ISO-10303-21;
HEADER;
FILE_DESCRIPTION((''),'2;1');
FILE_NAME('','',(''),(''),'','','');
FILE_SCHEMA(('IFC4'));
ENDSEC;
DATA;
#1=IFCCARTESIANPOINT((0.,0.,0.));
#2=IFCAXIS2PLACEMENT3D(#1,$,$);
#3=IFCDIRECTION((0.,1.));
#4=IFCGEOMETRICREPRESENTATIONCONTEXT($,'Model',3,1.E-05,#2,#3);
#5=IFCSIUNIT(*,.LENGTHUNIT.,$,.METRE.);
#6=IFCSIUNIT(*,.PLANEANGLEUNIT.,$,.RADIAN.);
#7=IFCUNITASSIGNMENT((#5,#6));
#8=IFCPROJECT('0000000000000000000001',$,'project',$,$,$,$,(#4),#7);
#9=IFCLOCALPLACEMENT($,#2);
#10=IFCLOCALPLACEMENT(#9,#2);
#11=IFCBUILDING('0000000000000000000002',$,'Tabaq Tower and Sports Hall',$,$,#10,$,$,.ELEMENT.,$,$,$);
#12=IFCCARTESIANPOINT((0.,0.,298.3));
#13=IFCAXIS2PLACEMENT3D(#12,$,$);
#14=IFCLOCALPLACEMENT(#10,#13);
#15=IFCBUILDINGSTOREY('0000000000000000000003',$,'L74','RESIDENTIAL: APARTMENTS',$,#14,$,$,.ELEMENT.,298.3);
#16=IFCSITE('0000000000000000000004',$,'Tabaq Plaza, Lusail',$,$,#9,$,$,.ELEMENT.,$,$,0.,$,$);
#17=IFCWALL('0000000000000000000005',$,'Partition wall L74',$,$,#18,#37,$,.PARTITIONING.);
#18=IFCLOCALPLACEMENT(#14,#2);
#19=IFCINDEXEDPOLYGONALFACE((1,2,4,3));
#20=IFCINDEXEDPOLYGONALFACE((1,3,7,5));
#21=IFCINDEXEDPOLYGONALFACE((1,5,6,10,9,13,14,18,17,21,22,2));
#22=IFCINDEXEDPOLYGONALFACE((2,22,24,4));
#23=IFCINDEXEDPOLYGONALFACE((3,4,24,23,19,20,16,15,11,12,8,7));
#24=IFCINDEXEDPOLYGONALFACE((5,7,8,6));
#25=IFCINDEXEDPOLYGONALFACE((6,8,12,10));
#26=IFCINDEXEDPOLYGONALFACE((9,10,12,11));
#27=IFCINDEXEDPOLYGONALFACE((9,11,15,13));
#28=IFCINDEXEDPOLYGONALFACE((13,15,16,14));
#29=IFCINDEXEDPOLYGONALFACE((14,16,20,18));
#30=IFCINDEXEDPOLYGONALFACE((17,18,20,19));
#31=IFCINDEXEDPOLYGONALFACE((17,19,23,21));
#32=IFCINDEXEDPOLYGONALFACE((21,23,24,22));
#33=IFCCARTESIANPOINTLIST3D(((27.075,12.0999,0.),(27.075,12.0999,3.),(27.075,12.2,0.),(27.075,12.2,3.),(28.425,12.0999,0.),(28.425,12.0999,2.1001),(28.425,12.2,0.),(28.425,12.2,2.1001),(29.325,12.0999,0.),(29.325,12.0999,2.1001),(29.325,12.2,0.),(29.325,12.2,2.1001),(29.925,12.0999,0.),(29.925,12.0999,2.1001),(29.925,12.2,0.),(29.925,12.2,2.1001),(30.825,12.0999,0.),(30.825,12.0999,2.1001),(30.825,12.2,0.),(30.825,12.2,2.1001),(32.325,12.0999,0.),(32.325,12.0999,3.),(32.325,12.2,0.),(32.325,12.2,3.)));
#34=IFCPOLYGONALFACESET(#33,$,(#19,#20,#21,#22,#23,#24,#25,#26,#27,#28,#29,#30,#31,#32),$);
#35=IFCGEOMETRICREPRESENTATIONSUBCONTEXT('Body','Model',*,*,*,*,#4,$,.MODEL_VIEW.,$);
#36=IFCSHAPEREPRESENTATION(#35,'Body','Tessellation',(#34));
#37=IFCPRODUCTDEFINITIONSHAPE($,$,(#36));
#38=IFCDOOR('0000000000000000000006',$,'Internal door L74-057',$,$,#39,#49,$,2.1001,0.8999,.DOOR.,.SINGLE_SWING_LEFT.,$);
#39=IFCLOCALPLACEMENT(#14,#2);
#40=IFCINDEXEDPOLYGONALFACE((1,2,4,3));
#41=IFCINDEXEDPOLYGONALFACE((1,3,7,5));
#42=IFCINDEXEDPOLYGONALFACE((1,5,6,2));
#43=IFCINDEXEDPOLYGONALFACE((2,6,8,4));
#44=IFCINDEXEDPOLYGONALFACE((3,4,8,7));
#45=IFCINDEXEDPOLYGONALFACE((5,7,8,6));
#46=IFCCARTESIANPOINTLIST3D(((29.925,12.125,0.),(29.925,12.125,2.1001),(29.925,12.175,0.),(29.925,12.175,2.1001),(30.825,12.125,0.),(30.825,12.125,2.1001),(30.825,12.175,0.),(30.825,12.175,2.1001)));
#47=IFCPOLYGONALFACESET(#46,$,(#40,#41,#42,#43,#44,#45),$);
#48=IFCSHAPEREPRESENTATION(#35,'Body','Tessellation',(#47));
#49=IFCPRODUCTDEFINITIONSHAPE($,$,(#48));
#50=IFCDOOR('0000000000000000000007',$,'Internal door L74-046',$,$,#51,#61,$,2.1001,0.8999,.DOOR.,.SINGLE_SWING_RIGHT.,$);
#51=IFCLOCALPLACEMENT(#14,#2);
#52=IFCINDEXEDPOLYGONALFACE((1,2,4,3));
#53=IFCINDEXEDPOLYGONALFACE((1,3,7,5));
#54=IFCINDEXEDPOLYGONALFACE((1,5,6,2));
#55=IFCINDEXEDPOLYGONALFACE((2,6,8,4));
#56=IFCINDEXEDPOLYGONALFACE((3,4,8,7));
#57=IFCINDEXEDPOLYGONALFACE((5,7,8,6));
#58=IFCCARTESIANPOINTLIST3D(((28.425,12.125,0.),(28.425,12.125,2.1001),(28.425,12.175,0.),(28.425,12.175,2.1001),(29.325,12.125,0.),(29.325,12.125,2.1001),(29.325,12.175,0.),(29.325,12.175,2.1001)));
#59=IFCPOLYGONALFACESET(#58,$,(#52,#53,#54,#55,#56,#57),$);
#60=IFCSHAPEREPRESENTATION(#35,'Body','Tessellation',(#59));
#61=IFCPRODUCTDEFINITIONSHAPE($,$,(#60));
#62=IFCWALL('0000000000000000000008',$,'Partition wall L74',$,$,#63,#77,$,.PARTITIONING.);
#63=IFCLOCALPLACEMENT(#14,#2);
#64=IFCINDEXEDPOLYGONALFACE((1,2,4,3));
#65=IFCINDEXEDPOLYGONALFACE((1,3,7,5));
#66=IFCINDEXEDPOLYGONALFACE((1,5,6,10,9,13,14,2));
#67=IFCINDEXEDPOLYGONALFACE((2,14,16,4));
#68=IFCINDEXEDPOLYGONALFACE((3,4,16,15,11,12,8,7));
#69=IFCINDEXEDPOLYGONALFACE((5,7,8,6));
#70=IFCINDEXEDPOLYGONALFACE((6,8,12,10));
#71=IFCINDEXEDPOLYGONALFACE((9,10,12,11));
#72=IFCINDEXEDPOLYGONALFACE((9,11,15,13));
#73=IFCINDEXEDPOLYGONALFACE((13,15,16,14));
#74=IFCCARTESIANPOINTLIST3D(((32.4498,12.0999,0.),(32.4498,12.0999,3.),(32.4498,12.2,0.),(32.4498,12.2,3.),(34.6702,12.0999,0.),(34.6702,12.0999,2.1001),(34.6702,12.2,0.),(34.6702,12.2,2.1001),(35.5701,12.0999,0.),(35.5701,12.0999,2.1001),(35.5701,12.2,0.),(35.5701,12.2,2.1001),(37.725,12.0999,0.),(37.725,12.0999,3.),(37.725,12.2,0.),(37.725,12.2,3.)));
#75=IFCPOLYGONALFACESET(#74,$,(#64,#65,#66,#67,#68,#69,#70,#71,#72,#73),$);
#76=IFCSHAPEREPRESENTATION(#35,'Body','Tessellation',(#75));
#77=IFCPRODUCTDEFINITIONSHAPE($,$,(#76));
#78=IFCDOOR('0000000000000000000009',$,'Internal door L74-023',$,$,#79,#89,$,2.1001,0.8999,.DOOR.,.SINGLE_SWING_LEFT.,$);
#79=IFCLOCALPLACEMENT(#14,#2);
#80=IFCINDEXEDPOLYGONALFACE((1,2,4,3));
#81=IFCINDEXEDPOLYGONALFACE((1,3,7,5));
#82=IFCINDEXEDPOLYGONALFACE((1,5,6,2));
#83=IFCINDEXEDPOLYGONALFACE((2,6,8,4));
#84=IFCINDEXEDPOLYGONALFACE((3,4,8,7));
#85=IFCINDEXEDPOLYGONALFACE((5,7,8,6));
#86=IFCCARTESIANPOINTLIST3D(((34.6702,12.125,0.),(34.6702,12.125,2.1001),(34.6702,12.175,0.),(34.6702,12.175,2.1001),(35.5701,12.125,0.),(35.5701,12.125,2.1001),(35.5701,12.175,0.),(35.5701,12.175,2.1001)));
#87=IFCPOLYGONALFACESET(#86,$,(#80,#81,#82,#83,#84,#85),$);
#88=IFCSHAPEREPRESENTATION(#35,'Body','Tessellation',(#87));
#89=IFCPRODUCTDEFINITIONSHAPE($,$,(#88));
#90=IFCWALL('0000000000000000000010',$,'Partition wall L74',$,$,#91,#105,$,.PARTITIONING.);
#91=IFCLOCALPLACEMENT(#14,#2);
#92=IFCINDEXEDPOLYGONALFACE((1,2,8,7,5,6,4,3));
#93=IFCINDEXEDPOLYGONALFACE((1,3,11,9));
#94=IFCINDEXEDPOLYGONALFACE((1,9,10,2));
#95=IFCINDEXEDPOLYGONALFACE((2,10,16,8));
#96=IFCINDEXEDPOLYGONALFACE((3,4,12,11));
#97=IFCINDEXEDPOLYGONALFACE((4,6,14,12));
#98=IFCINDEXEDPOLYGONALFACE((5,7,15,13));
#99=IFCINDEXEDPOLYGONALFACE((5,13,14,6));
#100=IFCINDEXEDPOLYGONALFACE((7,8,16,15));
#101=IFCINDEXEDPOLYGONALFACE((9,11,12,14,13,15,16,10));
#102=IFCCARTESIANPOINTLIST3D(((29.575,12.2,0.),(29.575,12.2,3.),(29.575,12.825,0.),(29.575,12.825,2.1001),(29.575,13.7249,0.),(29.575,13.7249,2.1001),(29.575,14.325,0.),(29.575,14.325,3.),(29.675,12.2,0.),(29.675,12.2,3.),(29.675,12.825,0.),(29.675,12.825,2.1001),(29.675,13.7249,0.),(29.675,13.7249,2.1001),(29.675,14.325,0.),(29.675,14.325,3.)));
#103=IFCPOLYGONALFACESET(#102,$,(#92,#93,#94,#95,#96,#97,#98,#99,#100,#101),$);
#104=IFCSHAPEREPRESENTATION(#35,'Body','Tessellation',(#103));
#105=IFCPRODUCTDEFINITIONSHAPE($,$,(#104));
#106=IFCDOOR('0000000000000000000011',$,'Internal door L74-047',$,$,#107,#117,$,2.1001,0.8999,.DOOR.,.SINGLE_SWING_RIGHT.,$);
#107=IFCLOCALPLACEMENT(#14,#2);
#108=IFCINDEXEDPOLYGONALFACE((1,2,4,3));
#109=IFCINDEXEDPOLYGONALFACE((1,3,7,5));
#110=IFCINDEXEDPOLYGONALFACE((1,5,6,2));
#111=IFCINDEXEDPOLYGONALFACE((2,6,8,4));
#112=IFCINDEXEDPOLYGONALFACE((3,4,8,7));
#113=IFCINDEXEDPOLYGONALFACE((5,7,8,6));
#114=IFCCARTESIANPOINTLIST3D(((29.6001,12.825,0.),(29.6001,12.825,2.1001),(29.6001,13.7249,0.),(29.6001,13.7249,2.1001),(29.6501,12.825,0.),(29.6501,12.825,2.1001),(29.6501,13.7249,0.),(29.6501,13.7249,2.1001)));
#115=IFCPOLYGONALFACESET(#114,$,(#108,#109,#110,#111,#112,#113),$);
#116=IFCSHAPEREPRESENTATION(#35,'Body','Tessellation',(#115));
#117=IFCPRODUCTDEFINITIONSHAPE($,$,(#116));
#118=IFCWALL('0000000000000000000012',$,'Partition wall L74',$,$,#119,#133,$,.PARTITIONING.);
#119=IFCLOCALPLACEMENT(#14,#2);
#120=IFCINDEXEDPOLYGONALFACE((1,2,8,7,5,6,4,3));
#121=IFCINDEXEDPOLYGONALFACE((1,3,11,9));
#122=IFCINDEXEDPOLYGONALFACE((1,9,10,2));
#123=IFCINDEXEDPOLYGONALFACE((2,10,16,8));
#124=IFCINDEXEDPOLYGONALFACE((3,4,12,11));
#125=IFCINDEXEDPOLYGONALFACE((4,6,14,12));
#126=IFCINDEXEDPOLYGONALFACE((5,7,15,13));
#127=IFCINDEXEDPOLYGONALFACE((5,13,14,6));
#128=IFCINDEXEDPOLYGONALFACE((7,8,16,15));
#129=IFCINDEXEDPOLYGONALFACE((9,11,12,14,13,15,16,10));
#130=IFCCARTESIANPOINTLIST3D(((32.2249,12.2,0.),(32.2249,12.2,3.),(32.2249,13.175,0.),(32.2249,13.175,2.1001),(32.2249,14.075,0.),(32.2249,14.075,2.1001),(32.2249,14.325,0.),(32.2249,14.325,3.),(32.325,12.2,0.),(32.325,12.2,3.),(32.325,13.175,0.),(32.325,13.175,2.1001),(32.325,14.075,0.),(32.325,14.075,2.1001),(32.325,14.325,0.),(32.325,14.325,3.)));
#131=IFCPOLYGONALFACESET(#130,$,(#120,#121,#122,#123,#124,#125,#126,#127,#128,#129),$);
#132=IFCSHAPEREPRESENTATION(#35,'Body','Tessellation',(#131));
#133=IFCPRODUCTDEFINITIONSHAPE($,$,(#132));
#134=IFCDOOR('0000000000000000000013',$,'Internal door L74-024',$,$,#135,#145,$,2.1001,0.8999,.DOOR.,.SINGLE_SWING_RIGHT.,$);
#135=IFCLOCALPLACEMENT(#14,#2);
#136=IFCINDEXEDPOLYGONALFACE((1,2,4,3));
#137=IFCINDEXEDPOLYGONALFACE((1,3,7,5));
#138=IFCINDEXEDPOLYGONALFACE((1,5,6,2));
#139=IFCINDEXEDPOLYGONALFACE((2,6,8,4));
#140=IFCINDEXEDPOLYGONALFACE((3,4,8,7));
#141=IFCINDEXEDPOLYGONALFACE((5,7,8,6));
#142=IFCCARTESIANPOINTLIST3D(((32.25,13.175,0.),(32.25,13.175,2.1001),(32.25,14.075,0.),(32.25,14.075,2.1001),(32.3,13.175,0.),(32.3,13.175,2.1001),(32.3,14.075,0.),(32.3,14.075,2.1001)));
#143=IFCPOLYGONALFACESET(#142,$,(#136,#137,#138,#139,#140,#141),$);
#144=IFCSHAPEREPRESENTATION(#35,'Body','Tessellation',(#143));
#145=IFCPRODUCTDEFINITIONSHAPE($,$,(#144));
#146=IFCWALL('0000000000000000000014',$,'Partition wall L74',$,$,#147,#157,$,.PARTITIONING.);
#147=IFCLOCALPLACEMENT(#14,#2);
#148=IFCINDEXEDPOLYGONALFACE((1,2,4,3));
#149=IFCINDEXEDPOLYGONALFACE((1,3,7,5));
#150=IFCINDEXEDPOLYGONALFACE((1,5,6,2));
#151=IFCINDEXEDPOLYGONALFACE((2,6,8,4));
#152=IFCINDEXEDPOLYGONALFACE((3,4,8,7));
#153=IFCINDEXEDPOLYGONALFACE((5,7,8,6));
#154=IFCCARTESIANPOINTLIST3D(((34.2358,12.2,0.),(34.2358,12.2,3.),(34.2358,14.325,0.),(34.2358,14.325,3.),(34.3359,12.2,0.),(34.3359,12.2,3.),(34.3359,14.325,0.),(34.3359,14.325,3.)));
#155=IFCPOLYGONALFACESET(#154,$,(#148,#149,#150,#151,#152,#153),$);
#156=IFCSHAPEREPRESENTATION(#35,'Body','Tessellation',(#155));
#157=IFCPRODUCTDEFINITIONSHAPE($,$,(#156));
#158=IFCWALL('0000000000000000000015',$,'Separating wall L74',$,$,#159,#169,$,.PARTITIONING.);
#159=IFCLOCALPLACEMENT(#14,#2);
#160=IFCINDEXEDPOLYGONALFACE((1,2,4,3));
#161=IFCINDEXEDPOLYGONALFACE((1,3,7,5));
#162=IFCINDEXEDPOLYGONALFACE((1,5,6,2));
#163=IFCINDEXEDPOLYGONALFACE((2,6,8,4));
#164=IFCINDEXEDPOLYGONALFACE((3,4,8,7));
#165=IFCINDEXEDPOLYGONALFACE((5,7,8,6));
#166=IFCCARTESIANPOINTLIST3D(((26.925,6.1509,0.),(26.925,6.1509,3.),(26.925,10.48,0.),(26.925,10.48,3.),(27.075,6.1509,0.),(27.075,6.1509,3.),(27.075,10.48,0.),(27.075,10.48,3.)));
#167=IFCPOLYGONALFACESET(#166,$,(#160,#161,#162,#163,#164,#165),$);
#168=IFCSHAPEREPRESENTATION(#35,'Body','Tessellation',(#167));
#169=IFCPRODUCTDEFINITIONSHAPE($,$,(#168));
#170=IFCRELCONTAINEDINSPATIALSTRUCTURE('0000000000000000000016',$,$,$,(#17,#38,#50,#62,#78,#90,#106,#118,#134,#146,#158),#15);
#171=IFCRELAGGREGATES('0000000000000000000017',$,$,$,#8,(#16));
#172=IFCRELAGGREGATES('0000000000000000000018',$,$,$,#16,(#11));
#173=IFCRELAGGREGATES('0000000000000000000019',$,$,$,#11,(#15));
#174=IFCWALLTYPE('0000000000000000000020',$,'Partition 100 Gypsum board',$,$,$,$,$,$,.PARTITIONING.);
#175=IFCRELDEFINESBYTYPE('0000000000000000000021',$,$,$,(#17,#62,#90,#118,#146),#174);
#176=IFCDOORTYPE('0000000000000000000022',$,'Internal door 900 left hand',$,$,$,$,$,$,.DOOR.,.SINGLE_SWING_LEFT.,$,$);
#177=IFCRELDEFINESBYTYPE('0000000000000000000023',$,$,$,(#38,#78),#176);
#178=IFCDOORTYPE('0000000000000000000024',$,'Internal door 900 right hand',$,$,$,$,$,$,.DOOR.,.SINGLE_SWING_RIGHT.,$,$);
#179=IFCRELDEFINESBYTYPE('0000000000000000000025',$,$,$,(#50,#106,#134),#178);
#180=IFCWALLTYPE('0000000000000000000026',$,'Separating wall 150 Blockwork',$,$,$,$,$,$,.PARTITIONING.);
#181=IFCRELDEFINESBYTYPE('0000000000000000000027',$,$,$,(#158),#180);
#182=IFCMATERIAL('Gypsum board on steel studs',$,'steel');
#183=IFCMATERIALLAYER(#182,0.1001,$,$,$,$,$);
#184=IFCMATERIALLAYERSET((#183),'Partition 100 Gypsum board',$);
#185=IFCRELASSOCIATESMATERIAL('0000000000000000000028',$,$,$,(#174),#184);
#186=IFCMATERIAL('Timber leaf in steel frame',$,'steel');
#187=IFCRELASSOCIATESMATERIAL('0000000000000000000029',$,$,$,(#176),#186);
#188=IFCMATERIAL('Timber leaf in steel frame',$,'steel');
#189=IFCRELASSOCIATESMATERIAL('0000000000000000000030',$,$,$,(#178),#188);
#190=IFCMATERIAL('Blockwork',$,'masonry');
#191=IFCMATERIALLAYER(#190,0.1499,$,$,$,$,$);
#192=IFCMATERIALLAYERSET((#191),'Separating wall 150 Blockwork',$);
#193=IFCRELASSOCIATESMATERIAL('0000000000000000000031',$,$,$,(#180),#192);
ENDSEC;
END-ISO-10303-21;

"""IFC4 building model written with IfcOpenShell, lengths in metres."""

from ifc_helpers import new_model, si_unit, direction, frame, frame_2d, origin, place, context, subcontext, project, spatial, rectangle, extrude, material, layer, layer_set, type_object, element, fill, save


model = new_model("IFC4")

# Units and contexts
model_context = context("Model", 3, precision=1e-05, world=origin(), true_north=direction((0.0, 1.0)))
body_context = subcontext(model_context, "Body", "Model", "MODEL_VIEW")
ifc_project = project(units=[si_unit("LENGTHUNIT", "METRE"), si_unit("PLANEANGLEUNIT", "RADIAN")], contexts=[model_context])

# Site, building, storey
site_placement = place(None, origin())
site = spatial("IfcSite", under=ifc_project, at=site_placement, Name="Tabaq Plaza, Lusail", CompositionType="ELEMENT", RefElevation=0.0)
building_placement = place(site_placement, origin())
building = spatial("IfcBuilding", under=site, at=building_placement, Name="Tabaq Tower and Sports Hall", CompositionType="ELEMENT")
storey_placement = place(building_placement, frame((0.0, 0.0, 298.3)))
storey = spatial("IfcBuildingStorey", under=building, at=storey_placement, Name="L74", Description="RESIDENTIAL: APARTMENTS", CompositionType="ELEMENT", Elevation=298.3)

# Shared definitions
ifc_material_1 = material(Name="Gypsum board on steel studs", Category="steel")
ifc_layer_1 = layer(ifc_material_1, 0.1001)
ifc_layer_set_1 = layer_set([ifc_layer_1], Name="Partition 100 Gypsum board")
wall_type_1 = type_object("IfcWallType", Name="Partition 100 Gypsum board", PredefinedType="PARTITIONING", material=ifc_layer_set_1)
ifc_material_2 = material(Name="Timber leaf in steel frame", Category="steel")
door_type_1 = type_object("IfcDoorType", Name="Internal door 900 left hand", OperationType="SINGLE_SWING_LEFT", PredefinedType="DOOR", material=ifc_material_2)

# Wall, openings, doors
wall_1_placement = place(storey_placement, frame((32.325, 12.1499, 0.0), z_axis=(0.0, 0.0, 1.0), x_axis=(-1.0, 0.0, 0.0)))
wall_1 = element("IfcWall", 1, at=wall_1_placement, inside=storey, type_object=wall_type_1, Name="Partition wall L74", PredefinedType="PARTITIONING", context=body_context, shape_type="SweptSolid", body=[
    extrude(rectangle(XDim=5.25, YDim=0.1001, at=frame_2d((2.625, 0.0))), origin(), (0.0, 0.0, 1.0), 3.0),
])
opening_1_placement = place(wall_1_placement, frame((3.0, 0.0, 0.0)))
opening_1 = element("IfcOpeningElement", 2, at=opening_1_placement, cuts=wall_1, PredefinedType="OPENING", context=body_context, shape_type="SweptSolid", body=[
    extrude(rectangle(XDim=0.8999, YDim=2.1001, at=frame_2d((0.45, 1.05))), frame((0.0, 0.05, 0.0), z_axis=(0.0, -1.0, 0.0), x_axis=(1.0, 0.0, 0.0)), (0.0, 0.0, 1.0), 0.1001),
])
opening_2_placement = place(wall_1_placement, frame((1.5, 0.0, 0.0)))
opening_2 = element("IfcOpeningElement", 3, at=opening_2_placement, cuts=wall_1, PredefinedType="OPENING", context=body_context, shape_type="SweptSolid", body=[
    extrude(rectangle(XDim=0.8999, YDim=2.1001, at=frame_2d((0.45, 1.05))), frame((0.0, 0.05, 0.0), z_axis=(0.0, -1.0, 0.0), x_axis=(1.0, 0.0, 0.0)), (0.0, 0.0, 1.0), 0.1001),
])
door_1_placement = place(opening_2_placement, origin())
door_1 = element("IfcDoor", 4, at=door_1_placement, inside=storey, type_object=door_type_1, Name="Internal door L74-057", OperationType="SINGLE_SWING_LEFT", OverallHeight=2.1001, OverallWidth=0.8999, PredefinedType="DOOR", context=body_context, shape_type="SweptSolid", body=[
    extrude(rectangle(XDim=0.8999, YDim=2.1001, at=frame_2d((0.45, 1.05))), frame((0.0, 0.0249, 0.0), z_axis=(0.0, -1.0, 0.0), x_axis=(1.0, 0.0, 0.0)), (0.0, 0.0, 1.0), 0.05),
])
fill(opening_2, door_1)
ifc_material_3 = material(Name="Timber leaf in steel frame", Category="steel")
door_type_2 = type_object("IfcDoorType", Name="Internal door 900 right hand", OperationType="SINGLE_SWING_RIGHT", PredefinedType="DOOR", material=ifc_material_3)
door_2_placement = place(opening_1_placement, origin())
door_2 = element("IfcDoor", 5, at=door_2_placement, inside=storey, type_object=door_type_2, Name="Internal door L74-046", OperationType="SINGLE_SWING_RIGHT", OverallHeight=2.1001, OverallWidth=0.8999, PredefinedType="DOOR", context=body_context, shape_type="SweptSolid", body=[
    extrude(rectangle(XDim=0.8999, YDim=2.1001, at=frame_2d((0.45, 1.05))), frame((0.0, 0.0249, 0.0), z_axis=(0.0, -1.0, 0.0), x_axis=(1.0, 0.0, 0.0)), (0.0, 0.0, 1.0), 0.05),
])
fill(opening_1, door_2)

# Walls, openings, doors
wall_2_placement = place(storey_placement, frame((37.7251, 12.1499, 0.0), z_axis=(0.0, 0.0, 1.0), x_axis=(-1.0, 0.0, 0.0)))
wall_2 = element("IfcWall", 6, at=wall_2_placement, inside=storey, type_object=wall_type_1, Name="Partition wall L74", PredefinedType="PARTITIONING", context=body_context, shape_type="SweptSolid", body=[
    extrude(rectangle(XDim=5.2751, YDim=0.1001, at=frame_2d((2.6377, 0.0))), origin(), (0.0, 0.0, 1.0), 3.0),
])
opening_3_placement = place(wall_2_placement, frame((2.155, 0.0, 0.0)))
opening_3 = element("IfcOpeningElement", 7, at=opening_3_placement, cuts=wall_2, PredefinedType="OPENING", context=body_context, shape_type="SweptSolid", body=[
    extrude(rectangle(XDim=0.8999, YDim=2.1001, at=frame_2d((0.45, 1.05))), frame((0.0, 0.05, 0.0), z_axis=(0.0, -1.0, 0.0), x_axis=(1.0, 0.0, 0.0)), (0.0, 0.0, 1.0), 0.1001),
])
door_3_placement = place(opening_3_placement, origin())
door_3 = element("IfcDoor", 8, at=door_3_placement, inside=storey, type_object=door_type_1, Name="Internal door L74-023", OperationType="SINGLE_SWING_LEFT", OverallHeight=2.1001, OverallWidth=0.8999, PredefinedType="DOOR", context=body_context, shape_type="SweptSolid", body=[
    extrude(rectangle(XDim=0.8999, YDim=2.1001, at=frame_2d((0.45, 1.05))), frame((0.0, 0.0249, 0.0), z_axis=(0.0, -1.0, 0.0), x_axis=(1.0, 0.0, 0.0)), (0.0, 0.0, 1.0), 0.05),
])
fill(opening_3, door_3)
wall_3_placement = place(storey_placement, frame((29.625, 12.2, 0.0), z_axis=(0.0, 0.0, 1.0), x_axis=(0.0, 1.0, 0.0)))
wall_3 = element("IfcWall", 9, at=wall_3_placement, inside=storey, type_object=wall_type_1, Name="Partition wall L74", PredefinedType="PARTITIONING", context=body_context, shape_type="SweptSolid", body=[
    extrude(rectangle(XDim=2.125, YDim=0.1001, at=frame_2d((1.0625, 0.0))), origin(), (0.0, 0.0, 1.0), 3.0),
])
opening_4_placement = place(wall_3_placement, frame((0.625, 0.0, 0.0)))
opening_4 = element("IfcOpeningElement", 10, at=opening_4_placement, cuts=wall_3, PredefinedType="OPENING", context=body_context, shape_type="SweptSolid", body=[
    extrude(rectangle(XDim=0.8999, YDim=2.1001, at=frame_2d((0.45, 1.05))), frame((0.0, 0.05, 0.0), z_axis=(0.0, -1.0, 0.0), x_axis=(1.0, 0.0, 0.0)), (0.0, 0.0, 1.0), 0.1001),
])
door_4_placement = place(opening_4_placement, origin())
door_4 = element("IfcDoor", 11, at=door_4_placement, inside=storey, type_object=door_type_2, Name="Internal door L74-047", OperationType="SINGLE_SWING_RIGHT", OverallHeight=2.1001, OverallWidth=0.8999, PredefinedType="DOOR", context=body_context, shape_type="SweptSolid", body=[
    extrude(rectangle(XDim=0.8999, YDim=2.1001, at=frame_2d((0.45, 1.05))), frame((0.0, 0.0249, 0.0), z_axis=(0.0, -1.0, 0.0), x_axis=(1.0, 0.0, 0.0)), (0.0, 0.0, 1.0), 0.05),
])
fill(opening_4, door_4)
wall_4_placement = place(storey_placement, frame((32.2749, 12.2, 0.0), z_axis=(0.0, 0.0, 1.0), x_axis=(0.0, 1.0, 0.0)))
wall_4 = element("IfcWall", 12, at=wall_4_placement, inside=storey, type_object=wall_type_1, Name="Partition wall L74", PredefinedType="PARTITIONING", context=body_context, shape_type="SweptSolid", body=[
    extrude(rectangle(XDim=2.125, YDim=0.1001, at=frame_2d((1.0625, 0.0))), origin(), (0.0, 0.0, 1.0), 3.0),
])
opening_5_placement = place(wall_4_placement, frame((0.9751, 0.0, 0.0)))
opening_5 = element("IfcOpeningElement", 13, at=opening_5_placement, cuts=wall_4, PredefinedType="OPENING", context=body_context, shape_type="SweptSolid", body=[
    extrude(rectangle(XDim=0.8999, YDim=2.1001, at=frame_2d((0.45, 1.05))), frame((0.0, 0.05, 0.0), z_axis=(0.0, -1.0, 0.0), x_axis=(1.0, 0.0, 0.0)), (0.0, 0.0, 1.0), 0.1001),
])
door_5_placement = place(opening_5_placement, origin())
door_5 = element("IfcDoor", 14, at=door_5_placement, inside=storey, type_object=door_type_2, Name="Internal door L74-024", OperationType="SINGLE_SWING_RIGHT", OverallHeight=2.1001, OverallWidth=0.8999, PredefinedType="DOOR", context=body_context, shape_type="SweptSolid", body=[
    extrude(rectangle(XDim=0.8999, YDim=2.1001, at=frame_2d((0.45, 1.05))), frame((0.0, 0.0249, 0.0), z_axis=(0.0, -1.0, 0.0), x_axis=(1.0, 0.0, 0.0)), (0.0, 0.0, 1.0), 0.05),
])
fill(opening_5, door_5)

# Walls
wall_5_placement = place(storey_placement, frame((34.2859, 12.2, 0.0), z_axis=(0.0, 0.0, 1.0), x_axis=(0.0, 1.0, 0.0)))
element("IfcWall", 15, at=wall_5_placement, inside=storey, type_object=wall_type_1, Name="Partition wall L74", PredefinedType="PARTITIONING", context=body_context, shape_type="SweptSolid", body=[
    extrude(rectangle(XDim=2.125, YDim=0.1001, at=frame_2d((1.0625, 0.0))), origin(), (0.0, 0.0, 1.0), 3.0),
])
ifc_material_4 = material(Name="Blockwork", Category="masonry")
ifc_layer_2 = layer(ifc_material_4, 0.1499)
ifc_layer_set_2 = layer_set([ifc_layer_2], Name="Separating wall 150 Blockwork")
wall_type_2 = type_object("IfcWallType", Name="Separating wall 150 Blockwork", PredefinedType="PARTITIONING", material=ifc_layer_set_2)
wall_6_placement = place(storey_placement, frame((27.0, 6.1509, 0.0), z_axis=(0.0, 0.0, 1.0), x_axis=(0.0, 1.0, 0.0)))
element("IfcWall", 16, at=wall_6_placement, inside=storey, type_object=wall_type_2, Name="Separating wall L74", PredefinedType="PARTITIONING", context=body_context, shape_type="SweptSolid", body=[
    extrude(rectangle(XDim=4.3291, YDim=0.1499, at=frame_2d((2.1646, 0.0))), origin(), (0.0, 0.0, 1.0), 3.0),
])

save(model, "model.ifc")
